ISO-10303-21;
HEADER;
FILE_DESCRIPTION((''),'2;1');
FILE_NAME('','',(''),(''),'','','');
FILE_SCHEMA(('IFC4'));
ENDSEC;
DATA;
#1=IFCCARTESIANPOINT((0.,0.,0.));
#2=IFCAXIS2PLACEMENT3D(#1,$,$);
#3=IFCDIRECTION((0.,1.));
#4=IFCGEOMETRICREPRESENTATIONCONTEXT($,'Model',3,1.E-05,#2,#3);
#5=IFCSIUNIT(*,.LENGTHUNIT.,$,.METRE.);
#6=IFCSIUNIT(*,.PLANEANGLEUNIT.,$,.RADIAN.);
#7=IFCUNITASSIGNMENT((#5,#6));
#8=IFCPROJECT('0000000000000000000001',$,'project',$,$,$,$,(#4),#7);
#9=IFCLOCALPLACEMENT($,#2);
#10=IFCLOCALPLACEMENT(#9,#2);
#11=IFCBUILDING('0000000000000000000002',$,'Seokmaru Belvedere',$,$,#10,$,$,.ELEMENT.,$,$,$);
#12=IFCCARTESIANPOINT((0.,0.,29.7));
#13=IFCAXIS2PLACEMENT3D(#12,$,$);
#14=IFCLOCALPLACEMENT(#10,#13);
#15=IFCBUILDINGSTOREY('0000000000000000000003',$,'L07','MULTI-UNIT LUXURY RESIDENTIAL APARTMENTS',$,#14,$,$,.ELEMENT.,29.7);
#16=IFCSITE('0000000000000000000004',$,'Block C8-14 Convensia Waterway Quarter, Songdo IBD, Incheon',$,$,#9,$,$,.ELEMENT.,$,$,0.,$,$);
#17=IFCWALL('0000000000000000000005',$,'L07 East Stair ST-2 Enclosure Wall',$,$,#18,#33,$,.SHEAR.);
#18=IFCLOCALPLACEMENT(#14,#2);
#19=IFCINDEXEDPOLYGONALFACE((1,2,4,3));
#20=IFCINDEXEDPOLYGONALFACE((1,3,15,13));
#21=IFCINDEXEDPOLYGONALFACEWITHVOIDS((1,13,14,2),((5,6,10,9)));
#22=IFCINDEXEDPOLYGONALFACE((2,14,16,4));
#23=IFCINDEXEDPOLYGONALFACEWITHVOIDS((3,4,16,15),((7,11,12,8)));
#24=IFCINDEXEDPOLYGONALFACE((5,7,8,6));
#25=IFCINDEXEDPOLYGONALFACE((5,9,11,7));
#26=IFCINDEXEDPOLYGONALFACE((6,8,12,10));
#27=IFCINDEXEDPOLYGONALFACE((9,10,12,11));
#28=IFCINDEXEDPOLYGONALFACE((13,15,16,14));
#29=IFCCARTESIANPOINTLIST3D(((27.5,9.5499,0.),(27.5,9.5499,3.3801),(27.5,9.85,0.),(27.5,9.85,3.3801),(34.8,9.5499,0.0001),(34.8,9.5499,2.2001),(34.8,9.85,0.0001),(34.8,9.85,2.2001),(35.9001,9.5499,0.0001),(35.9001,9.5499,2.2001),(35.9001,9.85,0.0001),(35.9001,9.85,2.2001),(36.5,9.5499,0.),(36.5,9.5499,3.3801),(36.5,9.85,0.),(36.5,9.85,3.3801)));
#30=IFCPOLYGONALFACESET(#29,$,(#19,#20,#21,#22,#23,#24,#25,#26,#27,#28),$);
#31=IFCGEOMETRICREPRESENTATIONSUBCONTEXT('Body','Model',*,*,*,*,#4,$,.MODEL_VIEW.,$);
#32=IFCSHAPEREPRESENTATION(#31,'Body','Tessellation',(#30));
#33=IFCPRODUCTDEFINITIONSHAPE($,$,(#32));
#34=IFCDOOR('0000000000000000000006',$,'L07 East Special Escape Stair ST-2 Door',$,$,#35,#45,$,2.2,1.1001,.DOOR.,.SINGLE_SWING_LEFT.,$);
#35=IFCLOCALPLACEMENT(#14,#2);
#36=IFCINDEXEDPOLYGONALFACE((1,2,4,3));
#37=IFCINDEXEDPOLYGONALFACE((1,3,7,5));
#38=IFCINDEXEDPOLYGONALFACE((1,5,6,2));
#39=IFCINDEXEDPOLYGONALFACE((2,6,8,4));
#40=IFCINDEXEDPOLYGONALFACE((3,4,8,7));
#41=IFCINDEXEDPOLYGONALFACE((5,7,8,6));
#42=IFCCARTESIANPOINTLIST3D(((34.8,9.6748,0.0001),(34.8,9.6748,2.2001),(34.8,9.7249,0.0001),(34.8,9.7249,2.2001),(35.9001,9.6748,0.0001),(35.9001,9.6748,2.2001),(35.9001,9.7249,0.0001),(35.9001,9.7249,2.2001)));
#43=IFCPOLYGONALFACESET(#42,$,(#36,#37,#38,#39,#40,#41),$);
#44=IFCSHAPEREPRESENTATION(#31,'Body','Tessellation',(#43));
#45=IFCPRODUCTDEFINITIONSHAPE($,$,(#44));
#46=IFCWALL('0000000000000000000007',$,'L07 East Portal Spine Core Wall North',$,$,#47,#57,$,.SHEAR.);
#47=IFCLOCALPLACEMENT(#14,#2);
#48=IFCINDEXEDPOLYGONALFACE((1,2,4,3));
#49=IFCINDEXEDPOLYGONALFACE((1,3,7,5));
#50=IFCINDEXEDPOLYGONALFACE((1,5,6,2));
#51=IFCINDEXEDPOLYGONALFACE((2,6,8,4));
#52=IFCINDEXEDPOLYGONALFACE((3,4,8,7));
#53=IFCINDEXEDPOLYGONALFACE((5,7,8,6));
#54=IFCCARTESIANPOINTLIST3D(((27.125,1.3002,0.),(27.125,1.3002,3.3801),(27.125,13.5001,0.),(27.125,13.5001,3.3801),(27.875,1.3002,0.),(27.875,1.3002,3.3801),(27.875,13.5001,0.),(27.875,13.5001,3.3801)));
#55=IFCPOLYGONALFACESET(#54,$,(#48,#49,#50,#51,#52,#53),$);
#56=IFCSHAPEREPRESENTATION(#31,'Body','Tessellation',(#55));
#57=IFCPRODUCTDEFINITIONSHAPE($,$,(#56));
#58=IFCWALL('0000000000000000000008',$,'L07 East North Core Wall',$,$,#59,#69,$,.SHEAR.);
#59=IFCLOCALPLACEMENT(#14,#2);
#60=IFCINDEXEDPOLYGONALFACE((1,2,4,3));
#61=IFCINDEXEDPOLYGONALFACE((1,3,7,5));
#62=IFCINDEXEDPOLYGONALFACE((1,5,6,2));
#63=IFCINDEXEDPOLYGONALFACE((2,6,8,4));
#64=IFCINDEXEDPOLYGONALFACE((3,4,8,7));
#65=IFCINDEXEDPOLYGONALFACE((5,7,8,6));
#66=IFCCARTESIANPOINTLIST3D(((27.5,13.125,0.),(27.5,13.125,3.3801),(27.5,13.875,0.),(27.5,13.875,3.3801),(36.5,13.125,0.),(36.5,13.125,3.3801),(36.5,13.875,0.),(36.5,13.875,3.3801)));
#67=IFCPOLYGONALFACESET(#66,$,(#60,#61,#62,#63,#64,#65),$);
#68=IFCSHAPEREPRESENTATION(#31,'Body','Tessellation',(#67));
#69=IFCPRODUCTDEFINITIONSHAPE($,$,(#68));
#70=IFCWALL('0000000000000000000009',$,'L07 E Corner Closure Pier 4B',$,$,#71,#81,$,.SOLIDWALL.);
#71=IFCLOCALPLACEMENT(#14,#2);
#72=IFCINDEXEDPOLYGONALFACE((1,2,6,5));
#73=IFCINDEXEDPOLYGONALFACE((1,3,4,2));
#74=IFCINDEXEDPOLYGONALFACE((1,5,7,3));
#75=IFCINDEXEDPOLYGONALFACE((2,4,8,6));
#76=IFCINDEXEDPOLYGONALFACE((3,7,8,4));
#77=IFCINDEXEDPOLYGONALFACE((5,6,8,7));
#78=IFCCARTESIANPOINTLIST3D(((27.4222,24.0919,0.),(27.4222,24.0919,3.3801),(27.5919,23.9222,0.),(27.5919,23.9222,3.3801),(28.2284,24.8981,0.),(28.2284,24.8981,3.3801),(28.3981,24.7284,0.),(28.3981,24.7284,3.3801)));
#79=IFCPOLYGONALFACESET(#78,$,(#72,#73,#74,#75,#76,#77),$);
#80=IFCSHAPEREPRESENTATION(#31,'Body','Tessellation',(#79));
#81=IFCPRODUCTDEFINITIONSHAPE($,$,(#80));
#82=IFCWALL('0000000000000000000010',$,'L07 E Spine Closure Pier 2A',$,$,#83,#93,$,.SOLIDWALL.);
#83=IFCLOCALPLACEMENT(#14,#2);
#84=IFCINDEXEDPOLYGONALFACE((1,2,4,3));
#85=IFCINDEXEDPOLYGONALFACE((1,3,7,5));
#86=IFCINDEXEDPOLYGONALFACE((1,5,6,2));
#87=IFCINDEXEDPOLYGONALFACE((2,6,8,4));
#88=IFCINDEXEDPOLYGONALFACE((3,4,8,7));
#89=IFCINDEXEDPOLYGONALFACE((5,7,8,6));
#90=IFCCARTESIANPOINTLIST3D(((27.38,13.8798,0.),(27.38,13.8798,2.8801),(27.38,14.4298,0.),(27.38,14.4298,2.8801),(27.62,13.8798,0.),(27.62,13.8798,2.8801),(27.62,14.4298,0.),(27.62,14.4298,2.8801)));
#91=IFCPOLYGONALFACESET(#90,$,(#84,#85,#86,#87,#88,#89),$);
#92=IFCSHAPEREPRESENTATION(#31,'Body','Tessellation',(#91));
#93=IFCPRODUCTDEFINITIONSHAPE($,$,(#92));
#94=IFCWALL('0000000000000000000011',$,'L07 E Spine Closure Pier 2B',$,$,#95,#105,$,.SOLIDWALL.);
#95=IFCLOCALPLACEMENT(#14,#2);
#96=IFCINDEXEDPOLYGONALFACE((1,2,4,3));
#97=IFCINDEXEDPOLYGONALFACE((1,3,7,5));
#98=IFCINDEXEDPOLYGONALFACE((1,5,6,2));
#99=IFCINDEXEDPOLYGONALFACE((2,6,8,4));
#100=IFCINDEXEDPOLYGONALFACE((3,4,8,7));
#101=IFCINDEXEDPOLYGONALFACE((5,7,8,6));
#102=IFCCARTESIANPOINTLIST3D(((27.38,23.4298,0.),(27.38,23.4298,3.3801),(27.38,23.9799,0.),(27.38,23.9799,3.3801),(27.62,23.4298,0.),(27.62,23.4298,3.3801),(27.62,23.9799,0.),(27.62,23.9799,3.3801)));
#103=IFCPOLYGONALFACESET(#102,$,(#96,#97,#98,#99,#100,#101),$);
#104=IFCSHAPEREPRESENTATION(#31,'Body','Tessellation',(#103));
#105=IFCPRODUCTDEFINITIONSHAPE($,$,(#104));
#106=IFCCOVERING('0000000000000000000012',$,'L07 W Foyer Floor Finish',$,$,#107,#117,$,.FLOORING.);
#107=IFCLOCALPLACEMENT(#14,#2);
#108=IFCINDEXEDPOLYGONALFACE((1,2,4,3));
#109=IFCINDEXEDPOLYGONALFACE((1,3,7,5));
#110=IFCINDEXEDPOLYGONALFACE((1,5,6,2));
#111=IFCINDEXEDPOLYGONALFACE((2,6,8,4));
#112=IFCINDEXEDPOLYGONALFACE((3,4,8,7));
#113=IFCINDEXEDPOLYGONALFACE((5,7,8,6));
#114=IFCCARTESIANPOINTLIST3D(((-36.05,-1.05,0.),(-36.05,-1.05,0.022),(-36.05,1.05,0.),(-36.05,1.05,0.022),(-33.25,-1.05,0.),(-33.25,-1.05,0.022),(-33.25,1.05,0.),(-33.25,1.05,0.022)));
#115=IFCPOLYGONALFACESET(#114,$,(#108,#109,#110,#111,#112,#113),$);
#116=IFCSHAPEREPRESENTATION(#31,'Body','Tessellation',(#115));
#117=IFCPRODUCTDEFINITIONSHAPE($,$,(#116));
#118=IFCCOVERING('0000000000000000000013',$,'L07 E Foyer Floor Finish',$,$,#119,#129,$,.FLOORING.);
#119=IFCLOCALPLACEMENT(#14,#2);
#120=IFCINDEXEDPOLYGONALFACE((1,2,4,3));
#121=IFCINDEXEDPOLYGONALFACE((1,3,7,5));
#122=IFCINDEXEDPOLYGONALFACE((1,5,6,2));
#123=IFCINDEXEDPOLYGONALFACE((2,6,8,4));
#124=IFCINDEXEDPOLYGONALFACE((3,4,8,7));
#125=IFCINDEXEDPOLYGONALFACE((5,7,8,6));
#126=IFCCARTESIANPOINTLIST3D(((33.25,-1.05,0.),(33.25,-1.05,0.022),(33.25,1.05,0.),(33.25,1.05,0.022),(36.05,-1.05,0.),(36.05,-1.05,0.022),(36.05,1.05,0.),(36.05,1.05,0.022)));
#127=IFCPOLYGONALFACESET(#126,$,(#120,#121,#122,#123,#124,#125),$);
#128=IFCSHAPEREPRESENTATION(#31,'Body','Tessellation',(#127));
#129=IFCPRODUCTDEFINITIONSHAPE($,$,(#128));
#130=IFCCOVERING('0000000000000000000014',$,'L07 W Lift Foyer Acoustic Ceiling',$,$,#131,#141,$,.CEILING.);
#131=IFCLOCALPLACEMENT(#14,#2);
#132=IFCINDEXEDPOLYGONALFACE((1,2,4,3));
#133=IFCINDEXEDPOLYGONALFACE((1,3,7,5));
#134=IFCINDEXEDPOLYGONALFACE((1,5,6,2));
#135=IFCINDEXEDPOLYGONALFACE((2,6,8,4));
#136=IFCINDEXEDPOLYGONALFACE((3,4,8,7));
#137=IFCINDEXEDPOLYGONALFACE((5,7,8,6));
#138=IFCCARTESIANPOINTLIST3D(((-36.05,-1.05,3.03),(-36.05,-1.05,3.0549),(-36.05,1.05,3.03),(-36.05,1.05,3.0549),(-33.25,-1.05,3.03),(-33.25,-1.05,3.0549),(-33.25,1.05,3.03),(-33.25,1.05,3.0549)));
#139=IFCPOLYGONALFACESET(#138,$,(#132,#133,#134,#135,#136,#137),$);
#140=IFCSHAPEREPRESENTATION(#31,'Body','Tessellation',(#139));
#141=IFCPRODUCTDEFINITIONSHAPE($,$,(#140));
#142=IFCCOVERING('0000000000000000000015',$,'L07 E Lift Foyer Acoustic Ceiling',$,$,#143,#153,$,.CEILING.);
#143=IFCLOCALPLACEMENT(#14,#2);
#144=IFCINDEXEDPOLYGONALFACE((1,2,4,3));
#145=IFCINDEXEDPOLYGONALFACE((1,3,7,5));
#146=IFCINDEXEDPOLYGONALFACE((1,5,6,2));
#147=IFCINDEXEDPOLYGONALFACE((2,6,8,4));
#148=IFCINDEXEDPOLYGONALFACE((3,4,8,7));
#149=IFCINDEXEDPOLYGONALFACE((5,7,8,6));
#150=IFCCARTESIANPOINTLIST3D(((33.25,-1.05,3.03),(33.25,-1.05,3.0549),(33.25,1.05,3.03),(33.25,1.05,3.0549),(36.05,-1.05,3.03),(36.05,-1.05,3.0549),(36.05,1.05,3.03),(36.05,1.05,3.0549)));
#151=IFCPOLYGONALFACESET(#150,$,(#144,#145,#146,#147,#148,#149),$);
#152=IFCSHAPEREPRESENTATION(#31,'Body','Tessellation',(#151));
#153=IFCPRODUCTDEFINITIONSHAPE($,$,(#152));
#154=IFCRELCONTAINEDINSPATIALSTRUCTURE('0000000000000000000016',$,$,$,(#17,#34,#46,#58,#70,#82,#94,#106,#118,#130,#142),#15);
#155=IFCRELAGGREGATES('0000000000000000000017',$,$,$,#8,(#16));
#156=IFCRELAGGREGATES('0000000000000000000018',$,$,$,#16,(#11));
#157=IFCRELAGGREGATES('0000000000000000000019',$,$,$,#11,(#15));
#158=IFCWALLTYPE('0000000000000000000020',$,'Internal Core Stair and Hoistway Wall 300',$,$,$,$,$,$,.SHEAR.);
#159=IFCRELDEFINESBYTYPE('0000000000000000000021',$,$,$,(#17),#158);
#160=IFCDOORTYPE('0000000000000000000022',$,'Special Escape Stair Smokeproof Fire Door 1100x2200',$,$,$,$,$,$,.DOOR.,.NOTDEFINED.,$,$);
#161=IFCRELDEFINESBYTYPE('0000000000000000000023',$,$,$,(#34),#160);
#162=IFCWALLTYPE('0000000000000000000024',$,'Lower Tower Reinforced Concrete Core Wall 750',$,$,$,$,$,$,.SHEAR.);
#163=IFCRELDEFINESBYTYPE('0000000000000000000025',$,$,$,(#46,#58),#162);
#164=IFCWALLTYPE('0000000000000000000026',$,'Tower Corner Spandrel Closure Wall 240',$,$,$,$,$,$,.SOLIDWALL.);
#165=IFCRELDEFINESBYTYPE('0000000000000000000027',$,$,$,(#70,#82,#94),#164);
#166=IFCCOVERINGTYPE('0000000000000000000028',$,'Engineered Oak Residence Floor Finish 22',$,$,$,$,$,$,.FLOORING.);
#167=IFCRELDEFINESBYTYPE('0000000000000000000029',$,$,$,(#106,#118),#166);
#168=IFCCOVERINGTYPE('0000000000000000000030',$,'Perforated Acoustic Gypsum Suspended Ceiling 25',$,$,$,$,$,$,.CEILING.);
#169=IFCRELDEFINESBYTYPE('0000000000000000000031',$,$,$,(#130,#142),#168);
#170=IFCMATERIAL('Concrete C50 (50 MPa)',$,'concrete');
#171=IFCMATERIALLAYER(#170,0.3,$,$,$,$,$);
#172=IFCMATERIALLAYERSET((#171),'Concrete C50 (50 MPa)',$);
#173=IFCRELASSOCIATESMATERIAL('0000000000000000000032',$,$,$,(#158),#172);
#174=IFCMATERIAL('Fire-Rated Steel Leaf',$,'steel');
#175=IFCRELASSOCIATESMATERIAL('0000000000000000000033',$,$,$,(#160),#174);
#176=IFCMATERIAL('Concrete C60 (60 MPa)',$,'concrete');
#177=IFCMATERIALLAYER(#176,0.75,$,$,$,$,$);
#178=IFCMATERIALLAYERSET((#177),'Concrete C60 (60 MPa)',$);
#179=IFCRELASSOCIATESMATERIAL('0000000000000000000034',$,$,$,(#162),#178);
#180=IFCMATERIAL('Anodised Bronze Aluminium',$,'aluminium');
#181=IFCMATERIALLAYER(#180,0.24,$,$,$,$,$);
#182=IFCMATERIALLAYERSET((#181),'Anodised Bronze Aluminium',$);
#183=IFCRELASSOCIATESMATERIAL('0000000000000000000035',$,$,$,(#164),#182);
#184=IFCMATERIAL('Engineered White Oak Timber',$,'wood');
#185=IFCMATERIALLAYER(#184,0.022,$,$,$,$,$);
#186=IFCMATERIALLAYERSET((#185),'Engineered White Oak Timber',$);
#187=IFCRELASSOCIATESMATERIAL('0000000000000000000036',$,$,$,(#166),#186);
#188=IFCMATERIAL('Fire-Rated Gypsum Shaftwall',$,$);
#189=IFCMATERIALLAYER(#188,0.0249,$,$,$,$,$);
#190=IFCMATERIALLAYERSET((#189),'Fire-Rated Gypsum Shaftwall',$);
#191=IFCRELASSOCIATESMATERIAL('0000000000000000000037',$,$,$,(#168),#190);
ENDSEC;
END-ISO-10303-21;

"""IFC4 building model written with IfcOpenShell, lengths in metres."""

from ifc_helpers import new_model, si_unit, direction, frame, frame_2d, origin, place, context, subcontext, project, spatial, polyline, rectangle, outline, extrude, source, transform, mapped, material, layer, layer_set, type_object, type_shapes, element, fill, save


model = new_model("IFC4")

# Units and contexts
model_context = context("Model", 3, precision=1e-05, world=origin(), true_north=direction((0.0, 1.0)))
body_context = subcontext(model_context, "Body", "Model", "MODEL_VIEW")
ifc_project = project(units=[si_unit("LENGTHUNIT", "METRE"), si_unit("PLANEANGLEUNIT", "RADIAN")], contexts=[model_context])

# Site, building, storey
site_placement = place(None, origin())
site = spatial("IfcSite", under=ifc_project, at=site_placement, Name="Block C8-14 Convensia Waterway Quarter, Songdo IBD, Incheon", CompositionType="ELEMENT", RefElevation=0.0)
building_placement = place(site_placement, origin())
building = spatial("IfcBuilding", under=site, at=building_placement, Name="Seokmaru Belvedere", CompositionType="ELEMENT")
storey_placement = place(building_placement, frame((0.0, 0.0, 29.7)))
storey = spatial("IfcBuildingStorey", under=building, at=storey_placement, Name="L07", Description="MULTI-UNIT LUXURY RESIDENTIAL APARTMENTS", CompositionType="ELEMENT", Elevation=29.7)

# Shared definitions
ifc_material_1 = material(Name="Anodised Bronze Aluminium", Category="aluminium")

# Shared definitions
ifc_material_2 = material(Name="Fire-Rated Gypsum Shaftwall")

# Shared definitions
ifc_material_3 = material(Name="Concrete C50 (50 MPa)", Category="concrete")

# Wall, opening, door
ifc_layer_1 = layer(ifc_material_3, 0.3)
ifc_layer_set_1 = layer_set([ifc_layer_1], Name="Concrete C50 (50 MPa)")
wall_type_1 = type_object("IfcWallType", Name="Internal Core Stair and Hoistway Wall 300", PredefinedType="SHEAR", material=ifc_layer_set_1)
wall_1_placement = place(storey_placement, frame((27.5, 9.7, 0.0), z_axis=(0.0, 0.0, 1.0), x_axis=(1.0, 0.0, 0.0)))
wall_1 = element("IfcWall", 1, at=wall_1_placement, inside=storey, type_object=wall_type_1, Name="L07 East Stair ST-2 Enclosure Wall", PredefinedType="SHEAR", context=body_context, shape_type="SweptSolid", body=[
    extrude(rectangle(XDim=9.0, YDim=0.3, at=frame_2d((4.5, 0.0))), origin(), (0.0, 0.0, 1.0), 3.3801),
])
opening_1_placement = place(wall_1_placement, frame((7.3, 0.0, 0.0)))
opening_1 = element("IfcOpeningElement", 2, at=opening_1_placement, cuts=wall_1, PredefinedType="OPENING", context=body_context, shape_type="SweptSolid", body=[
    extrude(rectangle(XDim=1.1001, YDim=2.2, at=frame_2d((0.55, 1.1001))), frame((0.0, 0.1602, 0.0), z_axis=(0.0, -1.0, 0.0), x_axis=(1.0, 0.0, 0.0)), (0.0, 0.0, 1.0), 0.3201),
])
ifc_material_4 = material(Name="Fire-Rated Steel Leaf", Category="steel")
door_type = type_object("IfcDoorType", Name="Special Escape Stair Smokeproof Fire Door 1100x2200", OperationType="NOTDEFINED", PredefinedType="DOOR", material=ifc_material_4)
shared_shape_1 = source(origin(), body_context, "Body", "SweptSolid", [
    extrude(rectangle(XDim=1.1001, YDim=2.2, at=frame_2d((0.55, 1.1001))), frame((0.0, 0.0249, 0.0), z_axis=(0.0, -1.0, 0.0), x_axis=(1.0, 0.0, 0.0)), (0.0, 0.0, 1.0), 0.05),
])
type_shapes(door_type, [shared_shape_1])
door_placement = place(opening_1_placement, origin())
door = element("IfcDoor", 3, at=door_placement, inside=storey, type_object=door_type, Name="L07 East Special Escape Stair ST-2 Door", OperationType="SINGLE_SWING_LEFT", OverallHeight=2.2, OverallWidth=1.1001, PredefinedType="DOOR", context=body_context, shape_type="MappedRepresentation", body=[
    mapped(shared_shape_1, transform((0.0, 0.0, 0.0), scale=1.0)),
])
fill(opening_1, door)

# Walls
ifc_material_5 = material(Name="Concrete C60 (60 MPa)", Category="concrete")
ifc_layer_2 = layer(ifc_material_5, 0.75)
ifc_layer_set_2 = layer_set([ifc_layer_2], Name="Concrete C60 (60 MPa)")
wall_type_2 = type_object("IfcWallType", Name="Lower Tower Reinforced Concrete Core Wall 750", PredefinedType="SHEAR", material=ifc_layer_set_2)
wall_2_placement = place(storey_placement, frame((27.5, 1.3, 0.0), z_axis=(0.0, 0.0, 1.0), x_axis=(0.0, 1.0, 0.0)))
element("IfcWall", 4, at=wall_2_placement, inside=storey, type_object=wall_type_2, Name="L07 East Portal Spine Core Wall North", PredefinedType="SHEAR", context=body_context, shape_type="SweptSolid", body=[
    extrude(rectangle(XDim=12.2, YDim=0.75, at=frame_2d((6.1001, 0.0))), origin(), (0.0, 0.0, 1.0), 3.3801),
])
wall_3_placement = place(storey_placement, frame((27.5, 13.5, 0.0), z_axis=(0.0, 0.0, 1.0), x_axis=(1.0, 0.0, 0.0)))
element("IfcWall", 5, at=wall_3_placement, inside=storey, type_object=wall_type_2, Name="L07 East North Core Wall", PredefinedType="SHEAR", context=body_context, shape_type="SweptSolid", body=[
    extrude(rectangle(XDim=9.0, YDim=0.75, at=frame_2d((4.5, 0.0))), origin(), (0.0, 0.0, 1.0), 3.3801),
])
ifc_layer_3 = layer(ifc_material_1, 0.24)
ifc_layer_set_3 = layer_set([ifc_layer_3], Name="Anodised Bronze Aluminium")
wall_type_3 = type_object("IfcWallType", Name="Tower Corner Spandrel Closure Wall 240", PredefinedType="SOLIDWALL", material=ifc_layer_set_3)
wall_4_placement = place(storey_placement, frame((28.3132, 24.8132, 0.0), z_axis=(0.0, 0.0, 1.0), x_axis=(-0.707107, -0.707107, 0.0)))
element("IfcWall", 6, at=wall_4_placement, inside=storey, type_object=wall_type_3, Name="L07 E Corner Closure Pier 4B", PredefinedType="SOLIDWALL", context=body_context, shape_type="SweptSolid", body=[
    extrude(rectangle(XDim=1.1401, YDim=0.24, at=frame_2d((0.5701, 0.0))), origin(), (0.0, 0.0, 1.0), 3.3801),
])
wall_5_placement = place(storey_placement, frame((27.5, 13.8799, 0.0), z_axis=(0.0, 0.0, 1.0), x_axis=(0.0, 1.0, 0.0)))
element("IfcWall", 7, at=wall_5_placement, inside=storey, type_object=wall_type_3, Name="L07 E Spine Closure Pier 2A", PredefinedType="SOLIDWALL", context=body_context, shape_type="SweptSolid", body=[
    extrude(rectangle(XDim=0.55, YDim=0.24, at=frame_2d((0.2749, 0.0))), origin(), (0.0, 0.0, 1.0), 2.8801),
])
wall_6_placement = place(storey_placement, frame((27.5, 23.4299, 0.0), z_axis=(0.0, 0.0, 1.0), x_axis=(0.0, 1.0, 0.0)))
element("IfcWall", 8, at=wall_6_placement, inside=storey, type_object=wall_type_3, Name="L07 E Spine Closure Pier 2B", PredefinedType="SOLIDWALL", context=body_context, shape_type="SweptSolid", body=[
    extrude(rectangle(XDim=0.55, YDim=0.24, at=frame_2d((0.2749, 0.0))), origin(), (0.0, 0.0, 1.0), 3.3801),
])

# Coverings
ifc_material_6 = material(Name="Engineered White Oak Timber", Category="wood")
ifc_layer_4 = layer(ifc_material_6, 0.022)
ifc_layer_set_4 = layer_set([ifc_layer_4], Name="Engineered White Oak Timber")
covering_type_1 = type_object("IfcCoveringType", Name="Engineered Oak Residence Floor Finish 22", PredefinedType="FLOORING", material=ifc_layer_set_4)
covering_1_placement = place(storey_placement, origin())
element("IfcCovering", 9, at=covering_1_placement, inside=storey, type_object=covering_type_1, Name="L07 W Foyer Floor Finish", PredefinedType="FLOORING", context=body_context, shape_type="SweptSolid", body=[
    extrude(outline(polyline([(-36.05, -1.05), (-33.25, -1.05), (-33.25, 1.05), (-36.05, 1.05), (-36.05, -1.05)])), origin(), (0.0, 0.0, 1.0), 0.022),
])
covering_2_placement = place(storey_placement, origin())
element("IfcCovering", 10, at=covering_2_placement, inside=storey, type_object=covering_type_1, Name="L07 E Foyer Floor Finish", PredefinedType="FLOORING", context=body_context, shape_type="SweptSolid", body=[
    extrude(outline(polyline([(33.25, -1.05), (36.05, -1.05), (36.05, 1.05), (33.25, 1.05), (33.25, -1.05)])), origin(), (0.0, 0.0, 1.0), 0.022),
])
ifc_layer_5 = layer(ifc_material_2, 0.0249)
ifc_layer_set_5 = layer_set([ifc_layer_5], Name="Fire-Rated Gypsum Shaftwall")
covering_type_2 = type_object("IfcCoveringType", Name="Perforated Acoustic Gypsum Suspended Ceiling 25", PredefinedType="CEILING", material=ifc_layer_set_5)
covering_3_placement = place(storey_placement, frame((0.0, 0.0, 3.03)))
element("IfcCovering", 11, at=covering_3_placement, inside=storey, type_object=covering_type_2, Name="L07 W Lift Foyer Acoustic Ceiling", PredefinedType="CEILING", context=body_context, shape_type="SweptSolid", body=[
    extrude(outline(polyline([(-36.05, -1.05), (-33.25, -1.05), (-33.25, 1.05), (-36.05, 1.05), (-36.05, -1.05)])), origin(), (0.0, 0.0, 1.0), 0.0249),
])
covering_4_placement = place(storey_placement, frame((0.0, 0.0, 3.03)))
element("IfcCovering", 12, at=covering_4_placement, inside=storey, type_object=covering_type_2, Name="L07 E Lift Foyer Acoustic Ceiling", PredefinedType="CEILING", context=body_context, shape_type="SweptSolid", body=[
    extrude(outline(polyline([(33.25, -1.05), (36.05, -1.05), (36.05, 1.05), (33.25, 1.05), (33.25, -1.05)])), origin(), (0.0, 0.0, 1.0), 0.0249),
])

save(model, "model.ifc")
